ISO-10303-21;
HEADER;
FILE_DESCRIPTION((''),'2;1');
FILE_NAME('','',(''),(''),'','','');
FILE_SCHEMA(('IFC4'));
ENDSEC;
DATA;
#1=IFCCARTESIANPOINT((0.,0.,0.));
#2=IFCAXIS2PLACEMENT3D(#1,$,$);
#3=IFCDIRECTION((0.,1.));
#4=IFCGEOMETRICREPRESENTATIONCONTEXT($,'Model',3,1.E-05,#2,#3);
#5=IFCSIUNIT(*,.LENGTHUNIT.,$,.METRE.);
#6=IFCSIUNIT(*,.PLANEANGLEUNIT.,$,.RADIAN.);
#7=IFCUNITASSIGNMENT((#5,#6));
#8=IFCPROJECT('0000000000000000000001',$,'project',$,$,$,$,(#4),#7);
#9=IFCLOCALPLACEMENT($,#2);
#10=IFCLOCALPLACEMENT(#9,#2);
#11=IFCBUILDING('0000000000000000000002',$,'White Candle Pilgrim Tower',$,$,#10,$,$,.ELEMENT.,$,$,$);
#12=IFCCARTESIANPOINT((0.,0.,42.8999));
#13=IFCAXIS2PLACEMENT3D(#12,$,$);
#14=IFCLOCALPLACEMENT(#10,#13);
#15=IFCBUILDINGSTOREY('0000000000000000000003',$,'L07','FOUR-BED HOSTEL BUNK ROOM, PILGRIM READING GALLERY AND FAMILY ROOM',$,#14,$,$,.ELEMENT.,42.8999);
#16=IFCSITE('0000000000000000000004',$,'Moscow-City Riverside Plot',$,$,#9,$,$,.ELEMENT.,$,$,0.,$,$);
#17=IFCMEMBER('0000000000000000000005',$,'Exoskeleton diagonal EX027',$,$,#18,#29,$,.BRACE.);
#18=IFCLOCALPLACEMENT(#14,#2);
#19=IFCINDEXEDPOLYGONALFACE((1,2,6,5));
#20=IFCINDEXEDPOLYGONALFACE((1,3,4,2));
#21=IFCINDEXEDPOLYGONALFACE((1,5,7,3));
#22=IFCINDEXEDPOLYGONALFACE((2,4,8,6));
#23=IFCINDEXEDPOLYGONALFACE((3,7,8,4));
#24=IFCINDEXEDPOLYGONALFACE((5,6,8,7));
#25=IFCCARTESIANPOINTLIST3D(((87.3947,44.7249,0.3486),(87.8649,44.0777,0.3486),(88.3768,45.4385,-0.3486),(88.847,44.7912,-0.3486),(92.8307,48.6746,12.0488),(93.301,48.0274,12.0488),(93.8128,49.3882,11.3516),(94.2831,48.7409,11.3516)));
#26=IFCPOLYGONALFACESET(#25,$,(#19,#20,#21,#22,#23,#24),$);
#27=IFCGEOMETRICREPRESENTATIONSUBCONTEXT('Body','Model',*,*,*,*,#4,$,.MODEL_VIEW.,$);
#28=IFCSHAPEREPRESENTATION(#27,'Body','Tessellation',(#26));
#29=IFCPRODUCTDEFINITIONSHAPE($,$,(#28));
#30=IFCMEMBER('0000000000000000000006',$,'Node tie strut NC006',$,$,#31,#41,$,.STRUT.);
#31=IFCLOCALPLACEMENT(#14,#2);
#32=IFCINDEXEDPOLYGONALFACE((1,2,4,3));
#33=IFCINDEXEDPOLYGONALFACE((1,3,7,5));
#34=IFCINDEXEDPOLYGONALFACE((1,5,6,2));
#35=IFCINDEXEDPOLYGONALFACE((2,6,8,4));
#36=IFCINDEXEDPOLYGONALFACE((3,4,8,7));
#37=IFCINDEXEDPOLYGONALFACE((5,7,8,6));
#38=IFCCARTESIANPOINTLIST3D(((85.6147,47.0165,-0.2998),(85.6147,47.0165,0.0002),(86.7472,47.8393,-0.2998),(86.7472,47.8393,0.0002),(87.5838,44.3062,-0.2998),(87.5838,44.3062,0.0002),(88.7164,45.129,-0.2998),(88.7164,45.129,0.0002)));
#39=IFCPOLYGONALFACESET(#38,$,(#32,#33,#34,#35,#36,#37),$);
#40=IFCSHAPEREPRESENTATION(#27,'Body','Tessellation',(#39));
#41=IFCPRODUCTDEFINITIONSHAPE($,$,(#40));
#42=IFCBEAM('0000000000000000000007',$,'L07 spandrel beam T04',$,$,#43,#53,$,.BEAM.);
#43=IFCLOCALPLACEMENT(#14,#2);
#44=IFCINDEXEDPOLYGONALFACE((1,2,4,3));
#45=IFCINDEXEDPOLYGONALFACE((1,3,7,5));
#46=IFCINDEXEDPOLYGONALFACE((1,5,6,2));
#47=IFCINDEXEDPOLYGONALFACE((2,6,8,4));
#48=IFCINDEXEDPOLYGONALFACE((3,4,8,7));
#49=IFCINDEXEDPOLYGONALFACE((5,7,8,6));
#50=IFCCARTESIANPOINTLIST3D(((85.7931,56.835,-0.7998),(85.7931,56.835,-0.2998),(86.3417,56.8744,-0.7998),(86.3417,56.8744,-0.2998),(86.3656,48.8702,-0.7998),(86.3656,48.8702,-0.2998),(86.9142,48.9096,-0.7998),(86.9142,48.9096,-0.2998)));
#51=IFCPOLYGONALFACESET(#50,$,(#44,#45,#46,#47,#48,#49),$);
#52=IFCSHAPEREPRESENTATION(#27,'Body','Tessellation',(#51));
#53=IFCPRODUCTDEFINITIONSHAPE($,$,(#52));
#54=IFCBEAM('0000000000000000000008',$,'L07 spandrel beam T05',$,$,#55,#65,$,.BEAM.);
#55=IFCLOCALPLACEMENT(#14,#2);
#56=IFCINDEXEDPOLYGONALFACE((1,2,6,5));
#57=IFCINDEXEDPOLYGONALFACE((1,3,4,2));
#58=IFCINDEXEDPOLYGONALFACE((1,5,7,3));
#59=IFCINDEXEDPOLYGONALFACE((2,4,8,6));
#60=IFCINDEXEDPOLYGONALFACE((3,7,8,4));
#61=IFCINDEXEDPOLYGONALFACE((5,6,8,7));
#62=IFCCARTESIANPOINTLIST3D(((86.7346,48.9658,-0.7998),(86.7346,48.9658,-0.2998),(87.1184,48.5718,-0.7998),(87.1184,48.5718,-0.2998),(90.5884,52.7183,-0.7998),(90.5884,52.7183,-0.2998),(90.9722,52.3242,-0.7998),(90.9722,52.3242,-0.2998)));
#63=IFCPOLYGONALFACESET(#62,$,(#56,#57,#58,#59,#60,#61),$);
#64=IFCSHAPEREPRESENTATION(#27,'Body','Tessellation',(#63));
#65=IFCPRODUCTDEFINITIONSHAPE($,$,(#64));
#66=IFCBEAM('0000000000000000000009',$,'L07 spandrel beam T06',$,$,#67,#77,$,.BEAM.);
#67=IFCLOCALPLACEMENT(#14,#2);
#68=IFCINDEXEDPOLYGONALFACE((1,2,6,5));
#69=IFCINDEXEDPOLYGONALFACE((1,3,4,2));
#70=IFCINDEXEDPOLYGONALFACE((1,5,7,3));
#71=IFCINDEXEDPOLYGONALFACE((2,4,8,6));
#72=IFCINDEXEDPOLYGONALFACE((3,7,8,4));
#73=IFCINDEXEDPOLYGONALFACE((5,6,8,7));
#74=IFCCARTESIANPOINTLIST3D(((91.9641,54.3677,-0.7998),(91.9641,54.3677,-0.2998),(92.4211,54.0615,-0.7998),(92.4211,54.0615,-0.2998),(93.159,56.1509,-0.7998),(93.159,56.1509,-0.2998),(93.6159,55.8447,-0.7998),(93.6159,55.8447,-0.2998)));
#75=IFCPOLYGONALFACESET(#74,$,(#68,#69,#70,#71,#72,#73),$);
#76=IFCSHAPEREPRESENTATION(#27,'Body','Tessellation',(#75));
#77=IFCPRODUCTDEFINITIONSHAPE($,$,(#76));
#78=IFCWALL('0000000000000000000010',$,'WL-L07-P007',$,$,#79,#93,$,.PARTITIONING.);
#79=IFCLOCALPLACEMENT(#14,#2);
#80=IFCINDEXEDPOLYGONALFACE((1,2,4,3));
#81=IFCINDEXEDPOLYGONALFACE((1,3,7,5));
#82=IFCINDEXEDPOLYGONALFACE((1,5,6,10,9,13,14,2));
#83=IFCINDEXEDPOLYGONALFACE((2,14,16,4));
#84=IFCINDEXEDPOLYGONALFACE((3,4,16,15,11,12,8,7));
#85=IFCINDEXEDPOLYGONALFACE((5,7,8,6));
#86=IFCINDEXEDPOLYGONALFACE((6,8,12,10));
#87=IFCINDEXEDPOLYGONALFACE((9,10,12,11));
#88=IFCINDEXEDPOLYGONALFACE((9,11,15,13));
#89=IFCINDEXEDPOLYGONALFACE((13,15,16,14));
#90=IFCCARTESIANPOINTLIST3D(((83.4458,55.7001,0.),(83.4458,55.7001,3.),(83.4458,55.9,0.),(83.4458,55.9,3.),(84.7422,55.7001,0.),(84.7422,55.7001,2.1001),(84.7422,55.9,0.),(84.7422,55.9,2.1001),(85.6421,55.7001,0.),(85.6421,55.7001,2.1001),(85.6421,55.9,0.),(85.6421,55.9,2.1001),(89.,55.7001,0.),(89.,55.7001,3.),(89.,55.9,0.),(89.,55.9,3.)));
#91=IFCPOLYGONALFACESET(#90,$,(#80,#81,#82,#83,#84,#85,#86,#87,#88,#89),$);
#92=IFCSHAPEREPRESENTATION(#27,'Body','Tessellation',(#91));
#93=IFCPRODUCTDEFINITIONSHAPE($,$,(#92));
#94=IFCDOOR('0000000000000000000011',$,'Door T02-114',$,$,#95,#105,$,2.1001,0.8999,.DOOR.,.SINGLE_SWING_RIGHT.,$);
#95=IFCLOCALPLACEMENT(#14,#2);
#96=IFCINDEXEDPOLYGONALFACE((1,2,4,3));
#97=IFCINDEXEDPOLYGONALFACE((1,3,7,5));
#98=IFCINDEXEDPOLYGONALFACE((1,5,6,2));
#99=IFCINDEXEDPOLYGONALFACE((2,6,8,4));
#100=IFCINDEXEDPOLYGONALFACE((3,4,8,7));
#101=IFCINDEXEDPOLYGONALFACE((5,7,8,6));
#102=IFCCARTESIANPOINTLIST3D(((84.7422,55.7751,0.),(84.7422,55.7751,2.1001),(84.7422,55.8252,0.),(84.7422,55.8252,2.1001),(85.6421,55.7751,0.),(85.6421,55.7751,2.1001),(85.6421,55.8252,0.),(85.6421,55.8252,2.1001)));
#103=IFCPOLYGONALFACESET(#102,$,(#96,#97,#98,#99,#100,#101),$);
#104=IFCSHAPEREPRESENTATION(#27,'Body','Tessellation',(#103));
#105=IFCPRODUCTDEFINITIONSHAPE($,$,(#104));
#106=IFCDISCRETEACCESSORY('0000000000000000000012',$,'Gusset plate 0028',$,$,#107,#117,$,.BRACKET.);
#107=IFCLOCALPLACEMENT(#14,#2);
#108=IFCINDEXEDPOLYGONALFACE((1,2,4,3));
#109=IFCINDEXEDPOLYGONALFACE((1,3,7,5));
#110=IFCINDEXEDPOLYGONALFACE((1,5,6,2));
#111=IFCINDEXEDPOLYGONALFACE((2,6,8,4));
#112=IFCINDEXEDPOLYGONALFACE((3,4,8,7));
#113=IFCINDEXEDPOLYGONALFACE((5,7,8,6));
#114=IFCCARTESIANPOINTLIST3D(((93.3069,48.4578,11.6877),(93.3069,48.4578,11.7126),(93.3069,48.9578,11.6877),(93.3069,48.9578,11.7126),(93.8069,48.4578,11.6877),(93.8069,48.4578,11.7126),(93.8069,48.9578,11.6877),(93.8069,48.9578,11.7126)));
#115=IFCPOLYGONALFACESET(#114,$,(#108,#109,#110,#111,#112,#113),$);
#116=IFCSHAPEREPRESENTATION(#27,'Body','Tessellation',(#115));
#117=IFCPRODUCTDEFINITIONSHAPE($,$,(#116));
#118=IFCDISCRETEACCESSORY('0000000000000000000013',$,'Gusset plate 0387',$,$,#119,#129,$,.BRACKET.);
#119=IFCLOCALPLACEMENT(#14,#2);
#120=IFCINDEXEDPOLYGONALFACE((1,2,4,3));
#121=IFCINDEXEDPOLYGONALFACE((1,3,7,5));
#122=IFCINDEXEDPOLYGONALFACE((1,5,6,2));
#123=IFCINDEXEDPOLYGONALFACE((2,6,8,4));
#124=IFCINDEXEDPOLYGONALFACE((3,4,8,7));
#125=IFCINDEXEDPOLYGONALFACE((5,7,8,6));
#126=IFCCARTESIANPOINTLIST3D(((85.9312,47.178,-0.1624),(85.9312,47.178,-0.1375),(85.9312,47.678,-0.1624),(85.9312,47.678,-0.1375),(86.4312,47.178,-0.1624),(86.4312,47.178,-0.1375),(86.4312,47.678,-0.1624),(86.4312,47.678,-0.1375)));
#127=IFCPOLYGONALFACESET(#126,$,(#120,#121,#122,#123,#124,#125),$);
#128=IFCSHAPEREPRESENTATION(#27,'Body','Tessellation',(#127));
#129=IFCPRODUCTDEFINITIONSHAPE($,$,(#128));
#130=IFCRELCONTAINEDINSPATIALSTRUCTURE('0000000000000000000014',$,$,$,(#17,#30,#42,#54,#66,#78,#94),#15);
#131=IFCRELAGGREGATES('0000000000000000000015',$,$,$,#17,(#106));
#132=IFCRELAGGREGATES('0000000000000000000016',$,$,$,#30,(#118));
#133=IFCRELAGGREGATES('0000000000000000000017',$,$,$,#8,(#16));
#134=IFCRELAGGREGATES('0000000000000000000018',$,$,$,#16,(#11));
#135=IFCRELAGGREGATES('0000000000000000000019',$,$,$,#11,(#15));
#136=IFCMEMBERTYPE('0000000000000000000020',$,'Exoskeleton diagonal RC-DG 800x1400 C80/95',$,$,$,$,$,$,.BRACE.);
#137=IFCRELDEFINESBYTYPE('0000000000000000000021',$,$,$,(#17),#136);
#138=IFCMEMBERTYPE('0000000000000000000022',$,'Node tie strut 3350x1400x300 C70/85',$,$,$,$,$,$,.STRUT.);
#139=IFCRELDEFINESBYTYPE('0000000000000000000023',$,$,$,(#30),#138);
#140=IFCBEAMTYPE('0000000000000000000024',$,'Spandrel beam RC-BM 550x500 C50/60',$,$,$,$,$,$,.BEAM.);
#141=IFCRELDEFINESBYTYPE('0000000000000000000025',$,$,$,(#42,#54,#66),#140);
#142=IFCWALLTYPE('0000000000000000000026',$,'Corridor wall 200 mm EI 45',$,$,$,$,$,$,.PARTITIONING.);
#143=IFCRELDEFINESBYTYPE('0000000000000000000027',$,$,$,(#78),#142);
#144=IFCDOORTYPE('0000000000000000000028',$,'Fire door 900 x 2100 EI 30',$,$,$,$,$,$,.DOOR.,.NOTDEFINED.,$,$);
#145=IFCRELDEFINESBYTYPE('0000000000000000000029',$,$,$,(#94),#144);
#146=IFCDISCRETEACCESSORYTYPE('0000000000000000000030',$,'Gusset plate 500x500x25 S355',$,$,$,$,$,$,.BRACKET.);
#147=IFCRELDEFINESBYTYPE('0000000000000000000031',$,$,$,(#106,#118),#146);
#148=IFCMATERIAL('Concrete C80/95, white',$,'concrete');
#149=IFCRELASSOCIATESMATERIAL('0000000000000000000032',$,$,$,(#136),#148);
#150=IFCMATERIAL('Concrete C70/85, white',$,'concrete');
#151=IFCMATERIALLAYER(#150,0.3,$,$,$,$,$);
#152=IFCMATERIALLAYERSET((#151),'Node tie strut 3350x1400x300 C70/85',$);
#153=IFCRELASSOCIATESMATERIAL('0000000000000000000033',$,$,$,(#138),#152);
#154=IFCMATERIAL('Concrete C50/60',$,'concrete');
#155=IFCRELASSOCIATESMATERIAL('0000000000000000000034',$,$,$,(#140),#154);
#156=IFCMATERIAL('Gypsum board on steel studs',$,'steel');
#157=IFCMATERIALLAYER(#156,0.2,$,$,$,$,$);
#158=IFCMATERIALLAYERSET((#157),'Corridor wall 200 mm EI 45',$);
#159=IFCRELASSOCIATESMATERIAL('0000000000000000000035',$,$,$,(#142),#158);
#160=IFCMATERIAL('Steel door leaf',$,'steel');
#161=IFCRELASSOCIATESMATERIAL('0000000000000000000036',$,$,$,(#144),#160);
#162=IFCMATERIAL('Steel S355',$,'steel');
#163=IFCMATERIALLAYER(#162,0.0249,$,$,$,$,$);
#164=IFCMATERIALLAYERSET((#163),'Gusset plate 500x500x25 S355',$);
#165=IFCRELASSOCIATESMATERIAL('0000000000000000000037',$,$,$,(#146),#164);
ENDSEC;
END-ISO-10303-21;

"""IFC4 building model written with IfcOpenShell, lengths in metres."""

from ifc_helpers import new_model, si_unit, direction, frame, frame_2d, origin, origin_2d, place, context, subcontext, project, spatial, rectangle, extrude, material, layer, layer_set, material_profile, profile_set, type_object, element, fill, aggregate, save


model = new_model("IFC4")

# Units and contexts
model_context = context("Model", 3, precision=1e-05, world=origin(), true_north=direction((0.0, 1.0)))
body_context = subcontext(model_context, "Body", "Model", "MODEL_VIEW")
ifc_project = project(units=[si_unit("LENGTHUNIT", "METRE"), si_unit("PLANEANGLEUNIT", "RADIAN")], contexts=[model_context])

# Site, building, storey
site_placement = place(None, origin())
site = spatial("IfcSite", under=ifc_project, at=site_placement, Name="Moscow-City Riverside Plot", CompositionType="ELEMENT", RefElevation=0.0)
building_placement = place(site_placement, origin())
building = spatial("IfcBuilding", under=site, at=building_placement, Name="White Candle Pilgrim Tower", CompositionType="ELEMENT")
storey_placement = place(building_placement, frame((0.0, 0.0, 42.8999)))
storey = spatial("IfcBuildingStorey", under=building, at=storey_placement, Name="L07", Description="FOUR-BED HOSTEL BUNK ROOM, PILGRIM READING GALLERY AND FAMILY ROOM", CompositionType="ELEMENT", Elevation=42.8999)

# Members
ifc_material_1 = material(Name="Concrete C80/95, white", Category="concrete")
ifc_material_profile_1 = material_profile(ifc_material_1, rectangle(XDim=0.8, YDim=1.3999, at=origin_2d()), Name="RC-DG 800x1400")
ifc_profile_set_1 = profile_set([ifc_material_profile_1], Name="Concrete C80/95, white")
member_type_1 = type_object("IfcMemberType", Name="Exoskeleton diagonal RC-DG 800x1400 C80/95", PredefinedType="BRACE", material=ifc_profile_set_1)
member_1_placement = place(storey_placement, frame((88.1208, 44.7581, 0.0), z_axis=(0.402896, 0.292735, 0.867168), x_axis=(-0.587804, 0.809003, 0.0)))
member_1 = element("IfcMember", 1, at=member_1_placement, inside=storey, type_object=member_type_1, Name="Exoskeleton diagonal EX027", PredefinedType="BRACE", context=body_context, shape_type="SweptSolid", body=[
    extrude(rectangle(XDim=0.8, YDim=1.3999, at=origin_2d()), origin(), (0.0, 0.0, 1.0), 13.4924),
])
ifc_material_2 = material(Name="Concrete C70/85, white", Category="concrete")
ifc_layer_1 = layer(ifc_material_2, 0.3)
ifc_layer_set_1 = layer_set([ifc_layer_1], Name="Node tie strut 3350x1400x300 C70/85")
member_type_2 = type_object("IfcMemberType", Name="Node tie strut 3350x1400x300 C70/85", PredefinedType="STRUT", material=ifc_layer_set_1)
member_2_placement = place(storey_placement, frame((87.1655, 46.0728, -0.2998), z_axis=(0.0, 0.0, 1.0), x_axis=(0.809017, 0.587785, 0.0)))
member_2 = element("IfcMember", 2, at=member_2_placement, inside=storey, type_object=member_type_2, Name="Node tie strut NC006", PredefinedType="STRUT", context=body_context, shape_type="SweptSolid", body=[
    extrude(rectangle(XDim=1.3999, YDim=3.3501, at=origin_2d()), origin(), (0.0, 0.0, 1.0), 0.3),
])

# Beams
ifc_material_3 = material(Name="Concrete C50/60", Category="concrete")
ifc_material_profile_2 = material_profile(ifc_material_3, rectangle(XDim=0.55, YDim=0.5, at=origin_2d()), Name="RC-BM 550x500")
ifc_profile_set_2 = profile_set([ifc_material_profile_2], Name="Concrete C50/60")
beam_type = type_object("IfcBeamType", Name="Spandrel beam RC-BM 550x500 C50/60", PredefinedType="BEAM", material=ifc_profile_set_2)
beam_1_placement = place(storey_placement, frame((86.6399, 48.8899, -0.5498), z_axis=(-0.071695, 0.997427, 0.0), x_axis=(-0.997427, -0.071695, 0.0)))
element("IfcBeam", 3, at=beam_1_placement, inside=storey, type_object=beam_type, Name="L07 spandrel beam T04", PredefinedType="BEAM", context=body_context, shape_type="SweptSolid", body=[
    extrude(rectangle(XDim=0.55, YDim=0.5, at=origin_2d()), origin(), (0.0, 0.0, 1.0), 7.9854),
])
beam_2_placement = place(storey_placement, frame((86.9265, 48.7688, -0.5498), z_axis=(0.716462, 0.697626, 0.0), x_axis=(-0.697626, 0.716462, 0.0)))
element("IfcBeam", 4, at=beam_2_placement, inside=storey, type_object=beam_type, Name="L07 spandrel beam T05", PredefinedType="BEAM", context=body_context, shape_type="SweptSolid", body=[
    extrude(rectangle(XDim=0.55, YDim=0.5, at=origin_2d()), origin(), (0.0, 0.0, 1.0), 5.3789),
])
beam_3_placement = place(storey_placement, frame((92.1926, 54.2146, -0.5498), z_axis=(0.556641, 0.830753, 0.0), x_axis=(-0.830753, 0.556641, 0.0)))
element("IfcBeam", 5, at=beam_3_placement, inside=storey, type_object=beam_type, Name="L07 spandrel beam T06", PredefinedType="BEAM", context=body_context, shape_type="SweptSolid", body=[
    extrude(rectangle(XDim=0.55, YDim=0.5, at=origin_2d()), origin(), (0.0, 0.0, 1.0), 2.1465),
])

# Wall, opening, door
ifc_material_4 = material(Name="Gypsum board on steel studs", Category="steel")
ifc_layer_2 = layer(ifc_material_4, 0.2)
ifc_layer_set_2 = layer_set([ifc_layer_2], Name="Corridor wall 200 mm EI 45")
wall_type_1 = type_object("IfcWallType", Name="Corridor wall 200 mm EI 45", PredefinedType="PARTITIONING", material=ifc_layer_set_2)
wall_1_placement = place(storey_placement, frame((89.0, 55.8, 0.0), z_axis=(0.0, 0.0, 1.0), x_axis=(-1.0, 0.0, 0.0)))
wall_1 = element("IfcWall", 6, at=wall_1_placement, inside=storey, type_object=wall_type_1, Name="WL-L07-P007", PredefinedType="PARTITIONING", context=body_context, shape_type="SweptSolid", body=[
    extrude(rectangle(XDim=5.5542, YDim=0.2, at=frame_2d((2.7771, 0.0))), origin(), (0.0, 0.0, 1.0), 3.0),
])
opening_1_placement = place(wall_1_placement, frame((3.3579, 0.0, 0.0)))
opening_1 = element("IfcOpeningElement", 7, at=opening_1_placement, cuts=wall_1, PredefinedType="OPENING", context=body_context, shape_type="SweptSolid", body=[
    extrude(rectangle(XDim=0.8999, YDim=2.1001, at=frame_2d((0.45, 1.05))), frame((0.0, 0.1099, 0.0), z_axis=(0.0, -1.0, 0.0), x_axis=(1.0, 0.0, 0.0)), (0.0, 0.0, 1.0), 0.22),
])
ifc_material_5 = material(Name="Steel door leaf", Category="steel")
door_type = type_object("IfcDoorType", Name="Fire door 900 x 2100 EI 30", OperationType="NOTDEFINED", PredefinedType="DOOR", material=ifc_material_5)
door_1_placement = place(opening_1_placement, origin())
door_1 = element("IfcDoor", 8, at=door_1_placement, inside=storey, type_object=door_type, Name="Door T02-114", OperationType="SINGLE_SWING_RIGHT", OverallHeight=2.1001, OverallWidth=0.8999, PredefinedType="DOOR", context=body_context, shape_type="SweptSolid", body=[
    extrude(rectangle(XDim=0.8999, YDim=2.1001, at=frame_2d((0.45, 1.05))), frame((0.0, 0.0249, 0.0), z_axis=(0.0, -1.0, 0.0), x_axis=(1.0, 0.0, 0.0)), (0.0, 0.0, 1.0), 0.05),
])
fill(opening_1, door_1)

# Discrete accessories
ifc_material_6 = material(Name="Steel S355", Category="steel")
ifc_layer_3 = layer(ifc_material_6, 0.0249)
ifc_layer_set_3 = layer_set([ifc_layer_3], Name="Gusset plate 500x500x25 S355")
discrete_accessory_type = type_object("IfcDiscreteAccessoryType", Name="Gusset plate 500x500x25 S355", PredefinedType="BRACKET", material=ifc_layer_set_3)
placement = place(building_placement, frame((0.0, 0.0, 54.6001)))
discrete_accessory_1_placement = place(placement, frame((93.5569, 48.7078, -0.0125), z_axis=(0.0, 0.0, 1.0), x_axis=(1.0, 0.0, 0.0)))
discrete_accessory_1 = element("IfcDiscreteAccessory", 9, at=discrete_accessory_1_placement, type_object=discrete_accessory_type, Name="Gusset plate 0028", PredefinedType="BRACKET", context=body_context, shape_type="SweptSolid", body=[
    extrude(rectangle(XDim=0.5, YDim=0.5, at=origin_2d()), origin(), (0.0, 0.0, 1.0), 0.0249),
])
aggregate(member_1, [discrete_accessory_1])
discrete_accessory_2_placement = place(storey_placement, frame((86.1812, 47.428, -0.1624), z_axis=(0.0, 0.0, 1.0), x_axis=(1.0, 0.0, 0.0)))
discrete_accessory_2 = element("IfcDiscreteAccessory", 10, at=discrete_accessory_2_placement, type_object=discrete_accessory_type, Name="Gusset plate 0387", PredefinedType="BRACKET", context=body_context, shape_type="SweptSolid", body=[
    extrude(rectangle(XDim=0.5, YDim=0.5, at=origin_2d()), origin(), (0.0, 0.0, 1.0), 0.0249),
])
aggregate(member_2, [discrete_accessory_2])

save(model, "model.ifc")
